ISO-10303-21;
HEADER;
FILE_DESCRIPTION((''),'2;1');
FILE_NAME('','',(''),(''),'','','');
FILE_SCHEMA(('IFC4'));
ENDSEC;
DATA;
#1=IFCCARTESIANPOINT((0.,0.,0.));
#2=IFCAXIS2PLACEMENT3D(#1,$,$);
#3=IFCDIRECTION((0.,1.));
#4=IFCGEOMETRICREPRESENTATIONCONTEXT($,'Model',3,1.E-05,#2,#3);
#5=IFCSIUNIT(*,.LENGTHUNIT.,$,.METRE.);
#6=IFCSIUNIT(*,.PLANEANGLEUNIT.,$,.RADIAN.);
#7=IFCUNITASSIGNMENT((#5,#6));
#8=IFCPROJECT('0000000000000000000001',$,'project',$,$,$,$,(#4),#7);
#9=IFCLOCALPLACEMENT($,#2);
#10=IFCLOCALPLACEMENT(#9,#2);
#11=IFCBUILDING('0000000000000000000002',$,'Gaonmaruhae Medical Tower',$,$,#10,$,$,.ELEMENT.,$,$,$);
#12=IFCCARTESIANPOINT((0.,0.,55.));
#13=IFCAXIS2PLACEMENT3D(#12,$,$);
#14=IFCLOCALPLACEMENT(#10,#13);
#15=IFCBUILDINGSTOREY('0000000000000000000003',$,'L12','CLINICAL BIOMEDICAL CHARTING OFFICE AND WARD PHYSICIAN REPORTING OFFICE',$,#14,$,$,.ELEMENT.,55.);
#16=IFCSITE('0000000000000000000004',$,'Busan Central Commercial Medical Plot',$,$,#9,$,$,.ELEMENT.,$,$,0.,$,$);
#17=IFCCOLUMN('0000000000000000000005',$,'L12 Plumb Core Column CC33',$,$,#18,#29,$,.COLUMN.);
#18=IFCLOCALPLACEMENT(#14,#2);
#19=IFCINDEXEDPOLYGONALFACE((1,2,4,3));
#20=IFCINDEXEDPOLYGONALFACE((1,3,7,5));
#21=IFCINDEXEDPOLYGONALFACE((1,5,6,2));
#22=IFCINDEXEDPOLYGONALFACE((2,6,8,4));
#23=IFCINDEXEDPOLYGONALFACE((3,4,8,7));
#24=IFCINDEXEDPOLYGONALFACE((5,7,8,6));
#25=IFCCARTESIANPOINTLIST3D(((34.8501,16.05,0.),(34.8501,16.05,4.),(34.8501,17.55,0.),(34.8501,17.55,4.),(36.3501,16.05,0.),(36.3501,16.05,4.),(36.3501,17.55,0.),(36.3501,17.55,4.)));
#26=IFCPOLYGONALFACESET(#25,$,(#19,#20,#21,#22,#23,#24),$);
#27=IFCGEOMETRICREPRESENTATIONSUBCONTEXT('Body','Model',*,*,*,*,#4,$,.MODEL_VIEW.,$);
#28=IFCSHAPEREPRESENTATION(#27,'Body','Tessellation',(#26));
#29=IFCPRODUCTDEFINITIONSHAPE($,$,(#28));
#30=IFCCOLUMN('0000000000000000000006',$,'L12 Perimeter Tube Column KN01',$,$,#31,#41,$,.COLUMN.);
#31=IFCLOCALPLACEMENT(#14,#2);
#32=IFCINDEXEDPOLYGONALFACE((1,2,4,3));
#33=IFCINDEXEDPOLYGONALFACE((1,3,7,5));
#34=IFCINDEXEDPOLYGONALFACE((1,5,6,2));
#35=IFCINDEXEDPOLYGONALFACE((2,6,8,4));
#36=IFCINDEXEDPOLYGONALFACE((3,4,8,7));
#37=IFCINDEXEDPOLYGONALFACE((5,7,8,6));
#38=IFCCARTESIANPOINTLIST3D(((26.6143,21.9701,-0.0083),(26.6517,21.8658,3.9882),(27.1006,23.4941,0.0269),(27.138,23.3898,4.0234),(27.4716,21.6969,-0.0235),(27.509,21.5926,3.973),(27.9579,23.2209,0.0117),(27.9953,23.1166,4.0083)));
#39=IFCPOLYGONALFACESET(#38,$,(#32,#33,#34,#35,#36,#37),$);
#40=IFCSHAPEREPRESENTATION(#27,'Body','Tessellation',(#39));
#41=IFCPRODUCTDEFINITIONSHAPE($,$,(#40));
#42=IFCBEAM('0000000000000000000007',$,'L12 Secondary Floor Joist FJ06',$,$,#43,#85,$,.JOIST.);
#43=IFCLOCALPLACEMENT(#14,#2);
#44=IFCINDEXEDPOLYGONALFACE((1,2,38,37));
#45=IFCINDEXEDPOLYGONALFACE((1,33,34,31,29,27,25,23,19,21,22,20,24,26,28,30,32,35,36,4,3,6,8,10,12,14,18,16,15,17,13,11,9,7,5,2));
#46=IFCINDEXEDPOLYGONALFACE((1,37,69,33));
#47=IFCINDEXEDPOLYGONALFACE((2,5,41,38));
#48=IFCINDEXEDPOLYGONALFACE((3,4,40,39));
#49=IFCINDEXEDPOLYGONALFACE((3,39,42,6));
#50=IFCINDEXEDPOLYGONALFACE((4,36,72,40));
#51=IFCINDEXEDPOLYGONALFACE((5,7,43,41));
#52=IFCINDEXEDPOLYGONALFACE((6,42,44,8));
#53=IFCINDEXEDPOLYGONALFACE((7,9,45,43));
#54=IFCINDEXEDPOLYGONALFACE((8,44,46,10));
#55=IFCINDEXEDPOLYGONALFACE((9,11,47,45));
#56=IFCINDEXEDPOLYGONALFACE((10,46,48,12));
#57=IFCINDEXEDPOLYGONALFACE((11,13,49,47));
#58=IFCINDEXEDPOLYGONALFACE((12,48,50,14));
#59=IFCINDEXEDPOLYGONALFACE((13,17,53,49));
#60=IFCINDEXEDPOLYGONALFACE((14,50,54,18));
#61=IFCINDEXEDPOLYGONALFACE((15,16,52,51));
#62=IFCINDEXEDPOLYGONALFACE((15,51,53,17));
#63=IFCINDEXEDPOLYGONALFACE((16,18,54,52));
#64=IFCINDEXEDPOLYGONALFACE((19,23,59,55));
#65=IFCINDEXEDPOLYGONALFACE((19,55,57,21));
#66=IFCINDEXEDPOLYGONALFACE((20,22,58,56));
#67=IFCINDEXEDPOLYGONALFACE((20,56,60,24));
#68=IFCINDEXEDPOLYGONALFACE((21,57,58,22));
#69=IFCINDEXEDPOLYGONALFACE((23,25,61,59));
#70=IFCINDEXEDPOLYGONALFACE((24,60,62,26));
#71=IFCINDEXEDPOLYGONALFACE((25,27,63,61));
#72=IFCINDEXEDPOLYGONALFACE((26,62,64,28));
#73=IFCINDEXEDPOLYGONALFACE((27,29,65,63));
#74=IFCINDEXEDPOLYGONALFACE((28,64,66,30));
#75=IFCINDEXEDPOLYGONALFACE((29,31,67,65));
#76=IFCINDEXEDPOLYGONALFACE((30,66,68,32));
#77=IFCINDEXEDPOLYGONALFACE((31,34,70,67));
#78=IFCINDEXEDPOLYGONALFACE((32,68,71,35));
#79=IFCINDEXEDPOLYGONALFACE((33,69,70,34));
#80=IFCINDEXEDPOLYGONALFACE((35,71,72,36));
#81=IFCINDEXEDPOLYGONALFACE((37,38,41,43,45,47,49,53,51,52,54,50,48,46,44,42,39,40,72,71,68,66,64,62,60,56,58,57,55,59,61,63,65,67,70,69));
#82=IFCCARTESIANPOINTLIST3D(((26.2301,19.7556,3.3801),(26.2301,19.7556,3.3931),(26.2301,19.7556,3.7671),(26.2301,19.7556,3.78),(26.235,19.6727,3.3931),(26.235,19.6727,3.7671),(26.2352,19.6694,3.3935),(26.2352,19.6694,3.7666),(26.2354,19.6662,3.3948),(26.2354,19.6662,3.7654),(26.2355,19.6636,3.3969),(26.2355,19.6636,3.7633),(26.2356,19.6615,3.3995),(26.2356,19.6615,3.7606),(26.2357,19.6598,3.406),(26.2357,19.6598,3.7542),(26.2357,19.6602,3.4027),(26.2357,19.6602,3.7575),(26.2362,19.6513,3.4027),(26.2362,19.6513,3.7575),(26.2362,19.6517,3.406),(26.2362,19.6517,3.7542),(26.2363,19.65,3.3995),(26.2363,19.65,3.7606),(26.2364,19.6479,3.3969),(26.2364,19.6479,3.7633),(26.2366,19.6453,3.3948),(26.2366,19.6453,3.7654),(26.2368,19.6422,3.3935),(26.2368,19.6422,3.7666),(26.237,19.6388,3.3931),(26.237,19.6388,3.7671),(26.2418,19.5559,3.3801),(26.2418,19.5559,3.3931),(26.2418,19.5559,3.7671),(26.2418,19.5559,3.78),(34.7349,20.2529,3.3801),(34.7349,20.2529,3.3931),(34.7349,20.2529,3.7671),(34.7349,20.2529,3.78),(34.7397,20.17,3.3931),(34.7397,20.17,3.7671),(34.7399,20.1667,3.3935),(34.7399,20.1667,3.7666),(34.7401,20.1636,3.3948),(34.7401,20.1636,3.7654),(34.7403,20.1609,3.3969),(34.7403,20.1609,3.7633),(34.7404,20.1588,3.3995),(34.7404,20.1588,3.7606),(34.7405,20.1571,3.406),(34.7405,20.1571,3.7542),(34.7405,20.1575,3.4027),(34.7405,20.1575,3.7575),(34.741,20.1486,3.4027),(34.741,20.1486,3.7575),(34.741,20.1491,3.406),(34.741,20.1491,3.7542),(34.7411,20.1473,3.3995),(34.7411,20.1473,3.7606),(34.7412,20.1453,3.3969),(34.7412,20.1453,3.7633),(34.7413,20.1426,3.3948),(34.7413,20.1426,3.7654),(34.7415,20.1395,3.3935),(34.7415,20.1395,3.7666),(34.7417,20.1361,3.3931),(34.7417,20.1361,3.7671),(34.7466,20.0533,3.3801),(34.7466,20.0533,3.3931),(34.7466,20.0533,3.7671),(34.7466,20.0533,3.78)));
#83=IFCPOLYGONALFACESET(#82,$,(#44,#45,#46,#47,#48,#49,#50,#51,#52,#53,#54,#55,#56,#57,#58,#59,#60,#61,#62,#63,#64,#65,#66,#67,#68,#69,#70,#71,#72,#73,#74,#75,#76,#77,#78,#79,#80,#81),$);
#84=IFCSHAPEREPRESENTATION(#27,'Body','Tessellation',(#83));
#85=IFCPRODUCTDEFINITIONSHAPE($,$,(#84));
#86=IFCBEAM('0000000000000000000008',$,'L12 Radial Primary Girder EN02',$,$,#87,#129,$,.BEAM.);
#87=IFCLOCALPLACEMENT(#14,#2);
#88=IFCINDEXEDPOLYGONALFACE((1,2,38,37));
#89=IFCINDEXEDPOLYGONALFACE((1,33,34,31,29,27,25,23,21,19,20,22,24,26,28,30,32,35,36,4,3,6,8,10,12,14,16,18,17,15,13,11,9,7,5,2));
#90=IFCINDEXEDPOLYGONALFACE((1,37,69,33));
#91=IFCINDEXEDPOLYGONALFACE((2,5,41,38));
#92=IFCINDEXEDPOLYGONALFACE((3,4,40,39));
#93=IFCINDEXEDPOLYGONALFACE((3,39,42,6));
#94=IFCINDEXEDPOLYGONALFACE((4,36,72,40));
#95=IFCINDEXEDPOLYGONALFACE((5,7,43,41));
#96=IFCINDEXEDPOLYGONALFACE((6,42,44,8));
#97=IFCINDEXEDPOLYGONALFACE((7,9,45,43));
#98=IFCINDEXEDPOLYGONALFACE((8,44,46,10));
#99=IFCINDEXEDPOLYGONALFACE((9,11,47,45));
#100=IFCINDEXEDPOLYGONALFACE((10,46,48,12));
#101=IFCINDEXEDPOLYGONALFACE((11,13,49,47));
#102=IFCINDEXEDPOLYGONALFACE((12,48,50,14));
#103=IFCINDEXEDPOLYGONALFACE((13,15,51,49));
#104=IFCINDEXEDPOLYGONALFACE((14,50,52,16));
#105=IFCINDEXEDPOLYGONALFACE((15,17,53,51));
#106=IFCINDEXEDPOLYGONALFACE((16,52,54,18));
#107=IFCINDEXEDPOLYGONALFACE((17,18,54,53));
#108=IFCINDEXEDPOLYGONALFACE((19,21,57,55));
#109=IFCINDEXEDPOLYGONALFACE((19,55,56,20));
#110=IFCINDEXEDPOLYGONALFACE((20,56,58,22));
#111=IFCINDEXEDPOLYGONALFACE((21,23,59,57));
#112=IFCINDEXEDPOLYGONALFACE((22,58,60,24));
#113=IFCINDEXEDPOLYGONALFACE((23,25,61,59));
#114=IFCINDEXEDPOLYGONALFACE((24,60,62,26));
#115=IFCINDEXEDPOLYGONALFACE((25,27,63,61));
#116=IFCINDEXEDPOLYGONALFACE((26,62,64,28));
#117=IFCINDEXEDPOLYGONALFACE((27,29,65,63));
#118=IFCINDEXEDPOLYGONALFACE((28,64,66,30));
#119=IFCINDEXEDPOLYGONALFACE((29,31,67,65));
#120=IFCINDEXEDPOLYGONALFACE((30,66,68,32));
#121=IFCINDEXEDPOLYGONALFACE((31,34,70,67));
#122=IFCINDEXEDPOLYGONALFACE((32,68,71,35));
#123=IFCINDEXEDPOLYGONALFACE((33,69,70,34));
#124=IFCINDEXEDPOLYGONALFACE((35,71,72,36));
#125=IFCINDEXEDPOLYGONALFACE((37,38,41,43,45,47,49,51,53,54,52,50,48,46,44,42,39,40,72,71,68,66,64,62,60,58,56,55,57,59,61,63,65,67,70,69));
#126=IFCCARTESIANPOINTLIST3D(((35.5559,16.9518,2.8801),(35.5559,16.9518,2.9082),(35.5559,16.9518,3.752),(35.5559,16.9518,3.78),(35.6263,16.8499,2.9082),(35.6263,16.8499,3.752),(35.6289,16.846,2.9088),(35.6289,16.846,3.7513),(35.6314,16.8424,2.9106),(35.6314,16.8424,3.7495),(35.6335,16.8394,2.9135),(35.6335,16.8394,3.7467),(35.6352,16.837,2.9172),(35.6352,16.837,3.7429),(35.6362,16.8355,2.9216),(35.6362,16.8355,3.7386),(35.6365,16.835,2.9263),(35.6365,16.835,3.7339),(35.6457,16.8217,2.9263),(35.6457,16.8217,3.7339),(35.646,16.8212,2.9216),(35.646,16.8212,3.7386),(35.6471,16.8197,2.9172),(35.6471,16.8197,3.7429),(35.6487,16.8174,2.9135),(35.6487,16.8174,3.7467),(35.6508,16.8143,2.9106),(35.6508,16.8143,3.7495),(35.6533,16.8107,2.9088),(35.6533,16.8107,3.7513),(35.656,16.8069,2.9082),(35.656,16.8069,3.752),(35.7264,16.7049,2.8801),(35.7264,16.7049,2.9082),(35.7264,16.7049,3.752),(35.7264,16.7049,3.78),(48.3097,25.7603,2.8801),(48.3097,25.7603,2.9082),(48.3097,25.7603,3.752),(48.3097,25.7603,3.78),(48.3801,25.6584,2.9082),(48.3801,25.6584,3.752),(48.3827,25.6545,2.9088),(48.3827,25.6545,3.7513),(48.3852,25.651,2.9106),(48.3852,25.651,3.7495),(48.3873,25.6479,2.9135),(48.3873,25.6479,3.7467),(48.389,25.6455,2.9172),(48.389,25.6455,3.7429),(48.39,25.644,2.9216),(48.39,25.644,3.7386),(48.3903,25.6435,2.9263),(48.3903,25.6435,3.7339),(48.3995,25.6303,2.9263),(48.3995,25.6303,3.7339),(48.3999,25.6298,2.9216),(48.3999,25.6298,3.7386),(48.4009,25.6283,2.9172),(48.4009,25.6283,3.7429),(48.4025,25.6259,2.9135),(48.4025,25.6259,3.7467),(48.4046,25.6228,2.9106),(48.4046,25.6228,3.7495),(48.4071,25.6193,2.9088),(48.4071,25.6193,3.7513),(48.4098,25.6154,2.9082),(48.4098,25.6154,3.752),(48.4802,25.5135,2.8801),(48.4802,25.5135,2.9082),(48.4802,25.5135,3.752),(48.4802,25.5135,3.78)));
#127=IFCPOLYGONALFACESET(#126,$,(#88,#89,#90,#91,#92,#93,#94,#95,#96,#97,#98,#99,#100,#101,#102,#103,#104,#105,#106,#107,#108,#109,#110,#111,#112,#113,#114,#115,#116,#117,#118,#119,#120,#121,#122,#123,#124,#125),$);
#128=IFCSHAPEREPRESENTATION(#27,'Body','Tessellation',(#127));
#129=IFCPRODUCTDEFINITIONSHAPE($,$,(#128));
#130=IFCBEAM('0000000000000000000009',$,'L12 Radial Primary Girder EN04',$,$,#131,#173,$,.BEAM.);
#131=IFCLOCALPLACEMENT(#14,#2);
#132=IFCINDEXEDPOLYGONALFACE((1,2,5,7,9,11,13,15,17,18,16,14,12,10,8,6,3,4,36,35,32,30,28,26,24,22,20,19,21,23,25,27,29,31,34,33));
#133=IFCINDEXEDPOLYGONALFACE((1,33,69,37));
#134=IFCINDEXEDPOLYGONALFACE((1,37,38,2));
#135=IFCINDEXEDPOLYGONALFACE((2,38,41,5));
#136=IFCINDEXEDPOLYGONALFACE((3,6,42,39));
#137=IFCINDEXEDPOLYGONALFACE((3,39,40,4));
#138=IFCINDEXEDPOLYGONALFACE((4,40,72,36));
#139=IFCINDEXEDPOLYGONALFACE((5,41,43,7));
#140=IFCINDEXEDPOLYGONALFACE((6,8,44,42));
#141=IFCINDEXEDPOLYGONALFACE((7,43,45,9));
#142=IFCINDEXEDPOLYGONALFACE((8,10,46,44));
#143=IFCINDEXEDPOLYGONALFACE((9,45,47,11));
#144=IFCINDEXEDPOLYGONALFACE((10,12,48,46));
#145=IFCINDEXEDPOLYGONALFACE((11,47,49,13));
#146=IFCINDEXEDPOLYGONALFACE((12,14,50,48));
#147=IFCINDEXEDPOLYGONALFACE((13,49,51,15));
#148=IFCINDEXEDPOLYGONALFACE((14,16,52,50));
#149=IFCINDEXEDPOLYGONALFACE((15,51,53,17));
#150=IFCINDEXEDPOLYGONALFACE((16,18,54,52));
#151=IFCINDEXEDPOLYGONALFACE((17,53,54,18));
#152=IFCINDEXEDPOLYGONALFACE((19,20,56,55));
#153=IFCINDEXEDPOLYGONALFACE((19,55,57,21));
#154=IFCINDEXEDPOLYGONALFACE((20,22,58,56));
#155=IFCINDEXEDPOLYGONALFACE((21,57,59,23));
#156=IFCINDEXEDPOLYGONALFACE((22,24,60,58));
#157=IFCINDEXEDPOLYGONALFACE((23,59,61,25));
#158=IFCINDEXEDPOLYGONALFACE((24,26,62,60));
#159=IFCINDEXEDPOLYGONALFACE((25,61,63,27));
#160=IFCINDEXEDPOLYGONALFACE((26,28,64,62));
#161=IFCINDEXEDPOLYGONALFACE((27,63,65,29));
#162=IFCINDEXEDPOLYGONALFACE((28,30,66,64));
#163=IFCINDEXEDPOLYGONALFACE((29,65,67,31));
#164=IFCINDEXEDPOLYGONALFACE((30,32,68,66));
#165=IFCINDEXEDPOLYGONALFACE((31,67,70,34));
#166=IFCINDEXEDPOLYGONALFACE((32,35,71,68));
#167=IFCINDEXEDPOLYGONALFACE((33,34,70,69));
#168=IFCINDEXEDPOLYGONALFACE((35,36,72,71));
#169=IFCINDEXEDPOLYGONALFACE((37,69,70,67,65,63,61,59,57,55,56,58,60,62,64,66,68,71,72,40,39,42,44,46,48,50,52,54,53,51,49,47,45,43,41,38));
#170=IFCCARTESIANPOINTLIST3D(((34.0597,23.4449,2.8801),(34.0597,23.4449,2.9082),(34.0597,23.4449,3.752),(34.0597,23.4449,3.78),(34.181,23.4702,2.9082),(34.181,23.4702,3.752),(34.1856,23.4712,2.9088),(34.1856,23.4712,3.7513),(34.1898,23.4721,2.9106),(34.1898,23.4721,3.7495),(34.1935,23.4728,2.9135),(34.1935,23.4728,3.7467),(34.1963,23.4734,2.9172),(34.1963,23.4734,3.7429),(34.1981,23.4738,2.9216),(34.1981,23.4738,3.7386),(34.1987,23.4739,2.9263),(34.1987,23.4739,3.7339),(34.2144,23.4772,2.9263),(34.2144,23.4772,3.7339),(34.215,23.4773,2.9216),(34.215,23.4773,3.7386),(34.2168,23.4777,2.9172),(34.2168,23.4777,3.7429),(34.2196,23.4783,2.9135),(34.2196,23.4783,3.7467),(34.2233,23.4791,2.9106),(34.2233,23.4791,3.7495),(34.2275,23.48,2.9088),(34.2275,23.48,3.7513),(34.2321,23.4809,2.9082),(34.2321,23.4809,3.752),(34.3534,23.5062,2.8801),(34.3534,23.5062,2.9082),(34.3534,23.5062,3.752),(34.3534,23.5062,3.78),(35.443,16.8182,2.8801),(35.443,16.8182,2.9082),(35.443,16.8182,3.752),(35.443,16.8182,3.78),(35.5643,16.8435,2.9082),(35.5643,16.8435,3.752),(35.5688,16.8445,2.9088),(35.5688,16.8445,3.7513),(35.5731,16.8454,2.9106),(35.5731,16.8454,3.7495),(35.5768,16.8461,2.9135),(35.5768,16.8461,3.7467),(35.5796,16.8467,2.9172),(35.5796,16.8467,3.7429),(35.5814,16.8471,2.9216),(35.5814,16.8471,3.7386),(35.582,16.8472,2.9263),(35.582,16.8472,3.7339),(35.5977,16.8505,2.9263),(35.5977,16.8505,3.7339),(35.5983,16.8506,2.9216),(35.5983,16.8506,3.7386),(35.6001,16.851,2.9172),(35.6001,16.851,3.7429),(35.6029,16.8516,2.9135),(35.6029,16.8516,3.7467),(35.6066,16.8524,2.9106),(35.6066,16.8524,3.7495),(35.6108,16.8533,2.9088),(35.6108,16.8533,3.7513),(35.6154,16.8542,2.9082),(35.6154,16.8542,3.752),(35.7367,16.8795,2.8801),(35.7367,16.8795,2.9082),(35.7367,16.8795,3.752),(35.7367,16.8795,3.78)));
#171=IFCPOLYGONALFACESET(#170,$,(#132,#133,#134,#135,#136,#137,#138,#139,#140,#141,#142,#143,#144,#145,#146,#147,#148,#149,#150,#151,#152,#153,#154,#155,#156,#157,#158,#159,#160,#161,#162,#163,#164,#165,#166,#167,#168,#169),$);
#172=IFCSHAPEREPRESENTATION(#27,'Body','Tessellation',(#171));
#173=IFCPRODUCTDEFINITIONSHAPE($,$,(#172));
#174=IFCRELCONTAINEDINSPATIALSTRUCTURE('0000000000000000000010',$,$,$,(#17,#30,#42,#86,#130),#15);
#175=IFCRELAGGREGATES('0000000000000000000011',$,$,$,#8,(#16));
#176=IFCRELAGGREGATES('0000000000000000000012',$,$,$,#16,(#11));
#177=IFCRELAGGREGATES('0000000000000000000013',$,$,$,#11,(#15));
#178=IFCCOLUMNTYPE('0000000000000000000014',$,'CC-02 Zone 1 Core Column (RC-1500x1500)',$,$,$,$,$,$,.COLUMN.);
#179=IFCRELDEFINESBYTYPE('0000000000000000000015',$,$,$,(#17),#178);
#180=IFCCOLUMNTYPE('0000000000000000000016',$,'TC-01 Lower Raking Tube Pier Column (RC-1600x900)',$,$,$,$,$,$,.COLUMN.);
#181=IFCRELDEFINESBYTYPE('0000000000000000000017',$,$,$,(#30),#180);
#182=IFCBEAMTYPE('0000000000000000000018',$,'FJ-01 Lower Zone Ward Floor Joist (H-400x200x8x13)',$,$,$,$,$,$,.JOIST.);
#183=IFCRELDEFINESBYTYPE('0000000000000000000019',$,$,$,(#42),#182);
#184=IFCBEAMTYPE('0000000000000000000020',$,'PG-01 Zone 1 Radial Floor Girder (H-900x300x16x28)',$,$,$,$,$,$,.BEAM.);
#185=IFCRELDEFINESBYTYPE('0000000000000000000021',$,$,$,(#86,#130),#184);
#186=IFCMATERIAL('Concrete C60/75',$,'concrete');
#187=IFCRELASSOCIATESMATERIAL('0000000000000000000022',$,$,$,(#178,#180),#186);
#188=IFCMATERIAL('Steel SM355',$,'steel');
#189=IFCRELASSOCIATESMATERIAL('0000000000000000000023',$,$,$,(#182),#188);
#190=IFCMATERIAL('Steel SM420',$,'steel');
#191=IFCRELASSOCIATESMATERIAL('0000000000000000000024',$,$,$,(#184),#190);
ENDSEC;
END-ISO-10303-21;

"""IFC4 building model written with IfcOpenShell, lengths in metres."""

from ifc_helpers import new_model, si_unit, direction, frame, origin, origin_2d, place, context, subcontext, project, spatial, rectangle, i_section, extrude, material, material_profile, profile_set, type_object, element, save


model = new_model("IFC4")

# Units and contexts
model_context = context("Model", 3, precision=1e-05, world=origin(), true_north=direction((0.0, 1.0)))
body_context = subcontext(model_context, "Body", "Model", "MODEL_VIEW")
ifc_project = project(units=[si_unit("LENGTHUNIT", "METRE"), si_unit("PLANEANGLEUNIT", "RADIAN")], contexts=[model_context])

# Site, building, storey
site_placement = place(None, origin())
site = spatial("IfcSite", under=ifc_project, at=site_placement, Name="Busan Central Commercial Medical Plot", CompositionType="ELEMENT", RefElevation=0.0)
building_placement = place(site_placement, origin())
building = spatial("IfcBuilding", under=site, at=building_placement, Name="Gaonmaruhae Medical Tower", CompositionType="ELEMENT")
storey_placement = place(building_placement, frame((0.0, 0.0, 55.0)))
storey = spatial("IfcBuildingStorey", under=building, at=storey_placement, Name="L12", Description="CLINICAL BIOMEDICAL CHARTING OFFICE AND WARD PHYSICIAN REPORTING OFFICE", CompositionType="ELEMENT", Elevation=55.0)

# Columns
ifc_material_1 = material(Name="Concrete C60/75", Category="concrete")
ifc_material_profile_1 = material_profile(ifc_material_1, rectangle(XDim=1.5, YDim=1.5, at=origin_2d()), Name="RC-1500x1500")
ifc_profile_set_1 = profile_set([ifc_material_profile_1], Name="Concrete C60/75")
column_type_1 = type_object("IfcColumnType", Name="CC-02 Zone 1 Core Column (RC-1500x1500)", PredefinedType="COLUMN", material=ifc_profile_set_1)
column_1_placement = place(storey_placement, frame((35.6001, 16.8, 0.0), z_axis=(0.0, 0.0, 1.0), x_axis=(1.0, 0.0, 0.0)))
element("IfcColumn", 1, at=column_1_placement, inside=storey, type_object=column_type_1, Name="L12 Plumb Core Column CC33", PredefinedType="COLUMN", context=body_context, shape_type="SweptSolid", body=[
    extrude(rectangle(XDim=1.5, YDim=1.5, at=origin_2d()), origin(), (0.0, 0.0, 1.0), 4.0),
])
ifc_material_profile_2 = material_profile(ifc_material_1, rectangle(XDim=1.6001, YDim=0.8999, at=origin_2d()), Name="RC-1600x900")
ifc_profile_set_2 = profile_set([ifc_material_profile_2], Name="Concrete C60/75")
column_type_2 = type_object("IfcColumnType", Name="TC-01 Lower Raking Tube Pier Column (RC-1600x900)", PredefinedType="COLUMN", material=ifc_profile_set_2)
column_2_placement = place(storey_placement, frame((27.2861, 22.5955, 0.0017), z_axis=(0.009343, -0.026074, 0.999616), x_axis=(0.303915, 0.952445, 0.022003)))
element("IfcColumn", 2, at=column_2_placement, inside=storey, type_object=column_type_2, Name="L12 Perimeter Tube Column KN01", PredefinedType="COLUMN", context=body_context, shape_type="SweptSolid", body=[
    extrude(rectangle(XDim=1.6001, YDim=0.8999, at=origin_2d()), origin(), (0.0, 0.0, 1.0), 3.998),
])

# Beams
ifc_material_2 = material(Name="Steel SM355", Category="steel")
ifc_material_profile_3 = material_profile(ifc_material_2, i_section(OverallWidth=0.2, OverallDepth=0.3999, WebThickness=0.0081, FlangeThickness=0.0129, FilletRadius=0.0129, at=origin_2d()), Name="H-400x200x8x13")
ifc_profile_set_3 = profile_set([ifc_material_profile_3], Name="Steel SM355")
beam_type_1 = type_object("IfcBeamType", Name="FJ-01 Lower Zone Ward Floor Joist (H-400x200x8x13)", PredefinedType="JOIST", material=ifc_profile_set_3)
beam_1_placement = place(storey_placement, frame((34.7407, 20.1531, 3.5801), z_axis=(-0.998295, -0.058376, 0.0), x_axis=(0.058376, -0.998295, 0.0)))
element("IfcBeam", 3, at=beam_1_placement, inside=storey, type_object=beam_type_1, Name="L12 Secondary Floor Joist FJ06", PredefinedType="JOIST", context=body_context, shape_type="SweptSolid", body=[
    extrude(i_section(OverallWidth=0.2, OverallDepth=0.3999, WebThickness=0.0081, FlangeThickness=0.0129, FilletRadius=0.0129, at=origin_2d()), origin(), (0.0, 0.0, 1.0), 8.5193),
])
ifc_material_3 = material(Name="Steel SM420", Category="steel")
ifc_material_profile_4 = material_profile(ifc_material_3, i_section(OverallWidth=0.3, OverallDepth=0.8999, WebThickness=0.0161, FlangeThickness=0.0281, FilletRadius=0.0181, at=origin_2d()), Name="H-900x300x16x28")
ifc_profile_set_4 = profile_set([ifc_material_profile_4], Name="Steel SM420")
beam_type_2 = type_object("IfcBeamType", Name="PG-01 Zone 1 Radial Floor Girder (H-900x300x16x28)", PredefinedType="BEAM", material=ifc_profile_set_4)
beam_2_placement = place(storey_placement, frame((35.6411, 16.8284, 3.3301), z_axis=(0.822827, 0.568292, 0.0), x_axis=(-0.568292, 0.822827, 0.0)))
element("IfcBeam", 4, at=beam_2_placement, inside=storey, type_object=beam_type_2, Name="L12 Radial Primary Girder EN02", PredefinedType="BEAM", context=body_context, shape_type="SweptSolid", body=[
    extrude(i_section(OverallWidth=0.3, OverallDepth=0.8999, WebThickness=0.0161, FlangeThickness=0.0281, FilletRadius=0.0181, at=origin_2d()), origin(), (0.0, 0.0, 1.0), 15.5),
])
beam_3_placement = place(storey_placement, frame((35.5898, 16.8489, 3.3301), z_axis=(-0.204342, 0.9789, 0.0), x_axis=(-0.9789, -0.204342, 0.0)))
element("IfcBeam", 5, at=beam_3_placement, inside=storey, type_object=beam_type_2, Name="L12 Radial Primary Girder EN04", PredefinedType="BEAM", context=body_context, shape_type="SweptSolid", body=[
    extrude(i_section(OverallWidth=0.3, OverallDepth=0.8999, WebThickness=0.0161, FlangeThickness=0.0281, FilletRadius=0.0181, at=origin_2d()), origin(), (0.0, 0.0, 1.0), 6.7695),
])

save(model, "model.ifc")
